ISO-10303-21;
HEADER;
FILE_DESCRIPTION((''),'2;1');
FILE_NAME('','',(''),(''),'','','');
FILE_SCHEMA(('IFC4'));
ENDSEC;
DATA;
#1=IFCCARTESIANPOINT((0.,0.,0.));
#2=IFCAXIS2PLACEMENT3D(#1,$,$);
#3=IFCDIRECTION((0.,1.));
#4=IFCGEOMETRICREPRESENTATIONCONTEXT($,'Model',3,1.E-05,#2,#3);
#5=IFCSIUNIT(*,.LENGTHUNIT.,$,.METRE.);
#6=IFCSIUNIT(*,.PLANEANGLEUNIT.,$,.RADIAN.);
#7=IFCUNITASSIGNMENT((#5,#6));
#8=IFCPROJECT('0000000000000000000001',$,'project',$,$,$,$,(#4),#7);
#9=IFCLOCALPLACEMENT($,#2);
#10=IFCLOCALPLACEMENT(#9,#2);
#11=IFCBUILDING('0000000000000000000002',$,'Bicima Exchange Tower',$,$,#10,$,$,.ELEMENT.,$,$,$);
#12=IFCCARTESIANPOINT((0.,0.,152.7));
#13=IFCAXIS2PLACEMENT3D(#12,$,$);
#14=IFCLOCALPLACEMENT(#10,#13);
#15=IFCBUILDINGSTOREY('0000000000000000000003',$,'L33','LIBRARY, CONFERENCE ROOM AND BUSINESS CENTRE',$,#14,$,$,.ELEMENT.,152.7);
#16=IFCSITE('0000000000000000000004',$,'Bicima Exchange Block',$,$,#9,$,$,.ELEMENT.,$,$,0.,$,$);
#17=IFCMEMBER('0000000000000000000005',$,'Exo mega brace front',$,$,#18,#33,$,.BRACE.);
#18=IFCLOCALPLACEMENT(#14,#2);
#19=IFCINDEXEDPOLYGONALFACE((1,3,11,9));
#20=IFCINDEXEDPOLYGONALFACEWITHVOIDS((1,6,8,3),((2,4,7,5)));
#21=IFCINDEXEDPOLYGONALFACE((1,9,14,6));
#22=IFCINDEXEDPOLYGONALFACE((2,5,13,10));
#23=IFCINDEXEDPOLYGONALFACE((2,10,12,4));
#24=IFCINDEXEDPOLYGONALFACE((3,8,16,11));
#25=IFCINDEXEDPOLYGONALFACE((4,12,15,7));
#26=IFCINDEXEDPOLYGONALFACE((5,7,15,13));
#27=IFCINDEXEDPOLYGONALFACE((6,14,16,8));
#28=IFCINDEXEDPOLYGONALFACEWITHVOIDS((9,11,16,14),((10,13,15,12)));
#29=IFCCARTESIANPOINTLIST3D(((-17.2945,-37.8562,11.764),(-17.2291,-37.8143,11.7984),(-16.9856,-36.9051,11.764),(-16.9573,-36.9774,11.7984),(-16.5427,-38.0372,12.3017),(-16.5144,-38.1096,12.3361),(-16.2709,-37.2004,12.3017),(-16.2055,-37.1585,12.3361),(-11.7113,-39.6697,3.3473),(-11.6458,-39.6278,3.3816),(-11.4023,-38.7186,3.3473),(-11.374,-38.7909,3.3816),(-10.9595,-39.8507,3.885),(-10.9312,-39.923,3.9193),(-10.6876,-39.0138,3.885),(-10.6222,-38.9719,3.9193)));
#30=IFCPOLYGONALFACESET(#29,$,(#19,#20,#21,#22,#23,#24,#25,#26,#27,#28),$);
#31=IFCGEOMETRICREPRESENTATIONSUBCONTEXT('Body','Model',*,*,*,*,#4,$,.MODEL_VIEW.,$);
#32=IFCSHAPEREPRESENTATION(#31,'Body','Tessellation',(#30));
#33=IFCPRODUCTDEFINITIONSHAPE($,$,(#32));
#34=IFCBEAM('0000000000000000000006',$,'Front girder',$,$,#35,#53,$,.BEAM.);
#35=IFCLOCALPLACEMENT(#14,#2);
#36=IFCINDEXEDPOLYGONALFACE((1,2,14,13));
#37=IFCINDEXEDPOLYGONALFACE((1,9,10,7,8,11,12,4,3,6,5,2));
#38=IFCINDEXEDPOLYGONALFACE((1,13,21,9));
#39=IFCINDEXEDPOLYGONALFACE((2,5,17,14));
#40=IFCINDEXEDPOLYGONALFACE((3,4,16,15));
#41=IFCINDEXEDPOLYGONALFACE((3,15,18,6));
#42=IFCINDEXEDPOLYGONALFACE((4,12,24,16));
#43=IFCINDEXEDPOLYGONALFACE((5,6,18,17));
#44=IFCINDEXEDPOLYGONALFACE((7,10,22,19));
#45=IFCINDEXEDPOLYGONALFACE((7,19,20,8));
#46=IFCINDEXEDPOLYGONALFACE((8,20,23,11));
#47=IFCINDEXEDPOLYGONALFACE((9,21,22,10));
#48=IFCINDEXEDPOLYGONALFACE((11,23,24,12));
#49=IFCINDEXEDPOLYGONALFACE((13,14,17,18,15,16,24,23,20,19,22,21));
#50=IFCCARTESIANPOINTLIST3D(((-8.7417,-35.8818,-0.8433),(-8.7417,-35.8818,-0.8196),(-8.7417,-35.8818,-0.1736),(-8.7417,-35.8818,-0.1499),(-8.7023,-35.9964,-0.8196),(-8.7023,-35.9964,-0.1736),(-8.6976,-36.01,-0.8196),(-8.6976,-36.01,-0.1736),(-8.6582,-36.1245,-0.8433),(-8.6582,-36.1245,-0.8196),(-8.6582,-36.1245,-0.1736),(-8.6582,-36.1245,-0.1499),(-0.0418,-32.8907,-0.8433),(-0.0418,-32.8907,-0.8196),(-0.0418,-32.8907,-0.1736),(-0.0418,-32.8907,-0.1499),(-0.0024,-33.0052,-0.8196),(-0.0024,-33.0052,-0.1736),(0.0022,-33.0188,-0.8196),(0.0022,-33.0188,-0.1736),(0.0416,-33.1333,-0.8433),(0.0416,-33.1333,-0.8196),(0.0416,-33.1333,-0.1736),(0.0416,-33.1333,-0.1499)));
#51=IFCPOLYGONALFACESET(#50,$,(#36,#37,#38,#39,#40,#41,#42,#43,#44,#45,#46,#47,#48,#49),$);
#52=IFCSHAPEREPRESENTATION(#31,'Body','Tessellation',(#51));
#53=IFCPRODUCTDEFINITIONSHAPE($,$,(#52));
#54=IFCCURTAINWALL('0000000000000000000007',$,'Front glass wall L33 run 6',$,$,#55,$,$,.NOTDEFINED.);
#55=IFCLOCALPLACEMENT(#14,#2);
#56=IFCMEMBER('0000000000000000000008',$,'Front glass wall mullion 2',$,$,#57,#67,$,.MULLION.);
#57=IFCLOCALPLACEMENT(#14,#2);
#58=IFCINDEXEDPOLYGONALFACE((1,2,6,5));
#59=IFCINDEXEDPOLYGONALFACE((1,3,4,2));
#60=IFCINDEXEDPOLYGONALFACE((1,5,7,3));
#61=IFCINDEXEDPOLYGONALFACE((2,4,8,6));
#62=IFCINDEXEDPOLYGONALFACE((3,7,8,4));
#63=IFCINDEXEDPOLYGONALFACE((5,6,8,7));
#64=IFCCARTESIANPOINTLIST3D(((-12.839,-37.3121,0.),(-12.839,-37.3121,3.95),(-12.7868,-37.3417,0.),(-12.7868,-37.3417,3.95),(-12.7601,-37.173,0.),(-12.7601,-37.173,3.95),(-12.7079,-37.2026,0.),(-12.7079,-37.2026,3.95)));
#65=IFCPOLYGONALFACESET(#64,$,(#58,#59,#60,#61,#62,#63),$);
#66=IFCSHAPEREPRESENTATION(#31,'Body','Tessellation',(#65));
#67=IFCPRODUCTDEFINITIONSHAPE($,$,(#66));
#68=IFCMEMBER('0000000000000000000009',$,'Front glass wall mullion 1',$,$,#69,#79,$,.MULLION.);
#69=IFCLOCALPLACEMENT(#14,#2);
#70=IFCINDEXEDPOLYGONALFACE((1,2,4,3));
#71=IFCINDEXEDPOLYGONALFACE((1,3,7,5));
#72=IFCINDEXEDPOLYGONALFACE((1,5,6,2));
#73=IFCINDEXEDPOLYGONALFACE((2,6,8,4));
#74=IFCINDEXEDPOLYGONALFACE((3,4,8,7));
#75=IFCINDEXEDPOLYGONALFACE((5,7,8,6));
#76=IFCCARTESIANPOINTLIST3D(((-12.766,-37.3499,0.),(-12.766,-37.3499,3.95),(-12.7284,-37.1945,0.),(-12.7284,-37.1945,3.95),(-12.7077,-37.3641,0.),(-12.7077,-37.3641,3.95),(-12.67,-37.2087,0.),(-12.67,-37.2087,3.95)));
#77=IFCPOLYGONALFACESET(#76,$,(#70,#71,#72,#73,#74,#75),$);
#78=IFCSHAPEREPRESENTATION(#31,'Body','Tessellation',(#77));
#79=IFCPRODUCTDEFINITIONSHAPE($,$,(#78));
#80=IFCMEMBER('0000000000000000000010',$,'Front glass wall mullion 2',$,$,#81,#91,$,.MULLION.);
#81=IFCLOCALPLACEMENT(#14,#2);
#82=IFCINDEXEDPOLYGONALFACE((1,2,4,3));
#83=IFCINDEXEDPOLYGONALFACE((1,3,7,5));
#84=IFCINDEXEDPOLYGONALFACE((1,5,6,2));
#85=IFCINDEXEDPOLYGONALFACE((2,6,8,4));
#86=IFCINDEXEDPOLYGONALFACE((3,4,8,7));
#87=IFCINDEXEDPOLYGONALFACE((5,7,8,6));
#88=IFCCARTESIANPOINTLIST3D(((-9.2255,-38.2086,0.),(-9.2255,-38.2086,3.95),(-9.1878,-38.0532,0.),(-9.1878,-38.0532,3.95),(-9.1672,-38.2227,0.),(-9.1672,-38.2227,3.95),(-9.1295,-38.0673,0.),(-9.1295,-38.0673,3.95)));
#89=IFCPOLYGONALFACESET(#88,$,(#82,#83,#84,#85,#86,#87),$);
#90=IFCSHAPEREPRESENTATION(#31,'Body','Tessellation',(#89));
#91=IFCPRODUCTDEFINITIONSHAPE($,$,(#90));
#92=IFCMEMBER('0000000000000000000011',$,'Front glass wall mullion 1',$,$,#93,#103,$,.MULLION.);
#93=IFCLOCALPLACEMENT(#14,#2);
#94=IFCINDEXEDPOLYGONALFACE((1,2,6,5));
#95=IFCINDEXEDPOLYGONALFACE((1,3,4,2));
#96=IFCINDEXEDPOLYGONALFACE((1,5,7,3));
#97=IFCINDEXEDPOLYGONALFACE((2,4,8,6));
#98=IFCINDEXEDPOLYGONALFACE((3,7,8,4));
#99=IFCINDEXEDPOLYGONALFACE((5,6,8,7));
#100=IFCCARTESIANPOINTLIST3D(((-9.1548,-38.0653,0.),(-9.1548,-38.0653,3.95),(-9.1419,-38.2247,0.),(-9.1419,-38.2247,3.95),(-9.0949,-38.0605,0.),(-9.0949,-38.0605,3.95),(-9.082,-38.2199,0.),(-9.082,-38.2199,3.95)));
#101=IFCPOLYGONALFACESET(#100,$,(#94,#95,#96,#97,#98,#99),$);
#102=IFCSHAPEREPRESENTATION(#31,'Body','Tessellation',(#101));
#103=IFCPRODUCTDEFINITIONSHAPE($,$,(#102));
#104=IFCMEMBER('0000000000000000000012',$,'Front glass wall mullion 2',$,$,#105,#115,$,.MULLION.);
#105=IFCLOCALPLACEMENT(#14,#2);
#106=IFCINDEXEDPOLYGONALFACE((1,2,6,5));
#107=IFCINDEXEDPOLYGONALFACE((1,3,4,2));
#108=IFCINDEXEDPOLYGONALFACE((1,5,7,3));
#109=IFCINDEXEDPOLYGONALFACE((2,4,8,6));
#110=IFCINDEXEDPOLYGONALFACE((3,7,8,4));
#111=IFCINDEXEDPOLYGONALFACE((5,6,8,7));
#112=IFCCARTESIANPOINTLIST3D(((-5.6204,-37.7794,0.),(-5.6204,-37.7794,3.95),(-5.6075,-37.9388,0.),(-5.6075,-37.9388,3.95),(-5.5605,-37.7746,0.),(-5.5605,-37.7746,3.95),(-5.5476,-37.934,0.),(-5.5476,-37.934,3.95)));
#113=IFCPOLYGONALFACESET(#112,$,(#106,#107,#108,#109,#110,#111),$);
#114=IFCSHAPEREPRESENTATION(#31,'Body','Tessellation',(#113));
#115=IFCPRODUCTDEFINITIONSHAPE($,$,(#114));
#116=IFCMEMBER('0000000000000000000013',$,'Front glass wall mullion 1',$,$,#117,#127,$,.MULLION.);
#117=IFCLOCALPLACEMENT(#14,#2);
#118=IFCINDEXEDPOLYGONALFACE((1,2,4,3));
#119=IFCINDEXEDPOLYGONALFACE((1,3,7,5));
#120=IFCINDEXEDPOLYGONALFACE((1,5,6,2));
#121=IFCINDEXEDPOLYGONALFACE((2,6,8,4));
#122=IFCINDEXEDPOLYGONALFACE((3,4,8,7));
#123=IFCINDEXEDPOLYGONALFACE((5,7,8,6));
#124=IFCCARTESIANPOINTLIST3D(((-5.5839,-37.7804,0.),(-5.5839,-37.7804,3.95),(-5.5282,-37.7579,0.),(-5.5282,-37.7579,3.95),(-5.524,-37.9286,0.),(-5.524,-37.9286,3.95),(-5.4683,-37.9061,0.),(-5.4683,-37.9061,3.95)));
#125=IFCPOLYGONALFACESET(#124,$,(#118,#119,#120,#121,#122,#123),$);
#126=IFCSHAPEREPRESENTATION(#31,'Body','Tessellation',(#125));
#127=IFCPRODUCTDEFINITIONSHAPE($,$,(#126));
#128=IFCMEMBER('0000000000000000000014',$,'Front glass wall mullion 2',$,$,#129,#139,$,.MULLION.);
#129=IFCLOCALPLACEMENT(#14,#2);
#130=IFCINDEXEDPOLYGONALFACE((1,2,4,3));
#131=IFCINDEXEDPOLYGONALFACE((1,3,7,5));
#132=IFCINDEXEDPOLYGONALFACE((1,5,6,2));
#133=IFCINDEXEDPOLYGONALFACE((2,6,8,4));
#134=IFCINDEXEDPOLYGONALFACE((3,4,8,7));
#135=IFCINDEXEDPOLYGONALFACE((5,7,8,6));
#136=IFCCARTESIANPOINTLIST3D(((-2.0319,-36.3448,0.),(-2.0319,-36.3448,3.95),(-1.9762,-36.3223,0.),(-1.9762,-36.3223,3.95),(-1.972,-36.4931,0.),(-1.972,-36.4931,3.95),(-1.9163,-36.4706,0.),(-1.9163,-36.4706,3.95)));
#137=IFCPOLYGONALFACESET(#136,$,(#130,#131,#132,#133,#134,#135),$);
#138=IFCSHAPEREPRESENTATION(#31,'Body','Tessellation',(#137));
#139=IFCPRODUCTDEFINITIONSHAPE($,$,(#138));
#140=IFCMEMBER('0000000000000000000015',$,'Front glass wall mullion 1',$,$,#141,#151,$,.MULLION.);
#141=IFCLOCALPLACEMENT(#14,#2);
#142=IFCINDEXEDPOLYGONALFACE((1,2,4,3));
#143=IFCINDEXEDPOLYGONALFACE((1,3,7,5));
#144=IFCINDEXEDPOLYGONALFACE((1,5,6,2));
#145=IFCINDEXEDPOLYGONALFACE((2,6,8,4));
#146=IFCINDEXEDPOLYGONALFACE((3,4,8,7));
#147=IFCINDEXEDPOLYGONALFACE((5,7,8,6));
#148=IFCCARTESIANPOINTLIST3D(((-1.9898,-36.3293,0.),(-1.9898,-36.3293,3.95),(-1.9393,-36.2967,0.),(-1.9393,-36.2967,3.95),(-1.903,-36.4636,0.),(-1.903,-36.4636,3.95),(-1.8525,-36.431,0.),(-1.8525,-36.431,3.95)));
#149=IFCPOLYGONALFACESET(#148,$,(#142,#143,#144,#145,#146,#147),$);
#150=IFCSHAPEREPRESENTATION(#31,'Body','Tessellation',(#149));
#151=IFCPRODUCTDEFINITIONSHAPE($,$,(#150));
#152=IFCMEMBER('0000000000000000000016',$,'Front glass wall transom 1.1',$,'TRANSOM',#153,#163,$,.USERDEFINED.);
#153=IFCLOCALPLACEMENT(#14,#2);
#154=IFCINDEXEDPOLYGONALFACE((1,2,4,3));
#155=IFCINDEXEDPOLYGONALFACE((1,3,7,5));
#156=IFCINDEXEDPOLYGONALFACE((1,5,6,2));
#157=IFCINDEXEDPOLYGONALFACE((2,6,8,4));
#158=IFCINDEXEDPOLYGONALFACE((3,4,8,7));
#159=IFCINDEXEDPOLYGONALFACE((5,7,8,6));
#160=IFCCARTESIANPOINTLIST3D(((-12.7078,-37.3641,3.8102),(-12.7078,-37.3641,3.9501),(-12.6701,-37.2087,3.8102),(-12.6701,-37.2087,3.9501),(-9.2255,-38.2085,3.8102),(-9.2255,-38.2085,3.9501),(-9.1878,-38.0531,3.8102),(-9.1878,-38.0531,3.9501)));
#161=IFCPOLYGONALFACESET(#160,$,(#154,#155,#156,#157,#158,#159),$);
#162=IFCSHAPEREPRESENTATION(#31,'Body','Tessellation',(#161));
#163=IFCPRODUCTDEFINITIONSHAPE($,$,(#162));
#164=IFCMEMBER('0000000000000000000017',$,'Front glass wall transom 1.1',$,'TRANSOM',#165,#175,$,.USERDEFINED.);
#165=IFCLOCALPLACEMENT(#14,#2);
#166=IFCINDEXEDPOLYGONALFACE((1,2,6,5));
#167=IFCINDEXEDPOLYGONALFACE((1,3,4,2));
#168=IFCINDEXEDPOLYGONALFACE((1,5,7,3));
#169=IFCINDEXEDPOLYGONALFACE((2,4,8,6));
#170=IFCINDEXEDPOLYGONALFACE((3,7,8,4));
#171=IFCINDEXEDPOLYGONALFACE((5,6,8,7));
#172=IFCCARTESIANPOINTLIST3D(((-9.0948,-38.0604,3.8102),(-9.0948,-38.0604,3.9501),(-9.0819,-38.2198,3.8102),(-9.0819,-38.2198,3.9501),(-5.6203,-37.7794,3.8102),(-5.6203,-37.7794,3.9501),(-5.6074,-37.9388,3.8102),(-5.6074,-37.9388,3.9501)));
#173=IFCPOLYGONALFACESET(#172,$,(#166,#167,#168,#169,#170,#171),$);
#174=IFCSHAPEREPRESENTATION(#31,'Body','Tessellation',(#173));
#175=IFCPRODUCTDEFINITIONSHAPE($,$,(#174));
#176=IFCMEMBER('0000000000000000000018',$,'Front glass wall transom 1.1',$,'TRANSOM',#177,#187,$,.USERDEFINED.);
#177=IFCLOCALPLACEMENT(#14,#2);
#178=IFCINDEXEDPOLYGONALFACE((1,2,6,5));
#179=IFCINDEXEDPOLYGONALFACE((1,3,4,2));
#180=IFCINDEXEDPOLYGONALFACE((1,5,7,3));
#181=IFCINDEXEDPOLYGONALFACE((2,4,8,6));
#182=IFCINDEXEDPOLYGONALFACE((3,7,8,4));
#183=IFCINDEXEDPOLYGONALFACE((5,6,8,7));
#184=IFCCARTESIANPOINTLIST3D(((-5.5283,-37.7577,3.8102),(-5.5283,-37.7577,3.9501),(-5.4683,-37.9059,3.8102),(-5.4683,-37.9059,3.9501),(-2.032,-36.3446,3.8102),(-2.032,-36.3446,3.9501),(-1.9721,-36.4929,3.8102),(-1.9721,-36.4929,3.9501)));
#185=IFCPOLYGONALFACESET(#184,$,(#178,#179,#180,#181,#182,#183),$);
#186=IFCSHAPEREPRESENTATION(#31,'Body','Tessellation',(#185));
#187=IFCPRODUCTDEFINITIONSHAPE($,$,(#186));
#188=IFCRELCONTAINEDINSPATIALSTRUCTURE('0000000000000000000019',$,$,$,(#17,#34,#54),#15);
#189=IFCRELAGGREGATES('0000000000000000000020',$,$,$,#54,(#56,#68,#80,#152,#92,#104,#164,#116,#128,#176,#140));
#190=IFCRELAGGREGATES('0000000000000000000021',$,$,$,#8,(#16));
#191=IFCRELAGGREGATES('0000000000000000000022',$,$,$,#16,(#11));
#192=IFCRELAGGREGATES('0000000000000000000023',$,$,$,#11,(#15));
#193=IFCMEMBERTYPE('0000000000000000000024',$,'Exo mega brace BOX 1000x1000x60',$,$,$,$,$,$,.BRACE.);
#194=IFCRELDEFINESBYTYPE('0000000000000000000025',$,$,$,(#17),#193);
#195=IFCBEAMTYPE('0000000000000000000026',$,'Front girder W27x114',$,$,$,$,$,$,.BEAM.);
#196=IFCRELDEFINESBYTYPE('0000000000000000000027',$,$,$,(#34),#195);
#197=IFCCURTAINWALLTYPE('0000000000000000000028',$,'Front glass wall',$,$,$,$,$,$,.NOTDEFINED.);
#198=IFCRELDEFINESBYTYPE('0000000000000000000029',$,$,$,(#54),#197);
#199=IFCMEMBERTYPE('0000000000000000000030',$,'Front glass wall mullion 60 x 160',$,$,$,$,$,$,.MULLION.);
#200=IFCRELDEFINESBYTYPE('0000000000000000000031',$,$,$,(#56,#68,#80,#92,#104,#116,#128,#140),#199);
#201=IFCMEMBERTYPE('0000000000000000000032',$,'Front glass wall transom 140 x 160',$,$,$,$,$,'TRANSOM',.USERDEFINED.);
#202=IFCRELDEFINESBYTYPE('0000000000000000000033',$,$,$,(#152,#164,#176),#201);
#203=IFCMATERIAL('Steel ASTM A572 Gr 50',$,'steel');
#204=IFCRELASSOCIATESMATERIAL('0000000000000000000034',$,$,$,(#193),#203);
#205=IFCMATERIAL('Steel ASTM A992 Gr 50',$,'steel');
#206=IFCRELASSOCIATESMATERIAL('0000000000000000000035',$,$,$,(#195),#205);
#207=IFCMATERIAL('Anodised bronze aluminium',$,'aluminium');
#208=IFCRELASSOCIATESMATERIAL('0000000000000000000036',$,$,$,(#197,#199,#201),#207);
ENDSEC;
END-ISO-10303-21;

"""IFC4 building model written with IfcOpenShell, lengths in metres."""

from ifc_helpers import new_model, si_unit, direction, frame, origin, origin_2d, place, context, subcontext, project, spatial, rectangle, hollow_rectangle, i_section, extrude, material, material_profile, profile_set, type_object, element, aggregate, save


model = new_model("IFC4")

# Units and contexts
model_context = context("Model", 3, precision=1e-05, world=origin(), true_north=direction((0.0, 1.0)))
body_context = subcontext(model_context, "Body", "Model", "MODEL_VIEW")
ifc_project = project(units=[si_unit("LENGTHUNIT", "METRE"), si_unit("PLANEANGLEUNIT", "RADIAN")], contexts=[model_context])

# Site, building, storey
site_placement = place(None, origin())
site = spatial("IfcSite", under=ifc_project, at=site_placement, Name="Bicima Exchange Block", CompositionType="ELEMENT", RefElevation=0.0)
building_placement = place(site_placement, origin())
building = spatial("IfcBuilding", under=site, at=building_placement, Name="Bicima Exchange Tower", CompositionType="ELEMENT")
storey_placement = place(building_placement, frame((0.0, 0.0, 152.7)))
storey = spatial("IfcBuildingStorey", under=building, at=storey_placement, Name="L33", Description="LIBRARY, CONFERENCE ROOM AND BUSINESS CENTRE", CompositionType="ELEMENT", Elevation=152.7)

# Member
ifc_material_1 = material(Name="Steel ASTM A572 Gr 50", Category="steel")
ifc_material_profile_1 = material_profile(ifc_material_1, hollow_rectangle(XDim=1.0, YDim=1.0, WallThickness=0.0601, at=origin_2d()))
ifc_profile_set_1 = profile_set([ifc_material_profile_1], Name="Steel ASTM A572 Gr 50")
member_type_1 = type_object("IfcMemberType", Name="Exo mega brace BOX 1000x1000x60", PredefinedType="BRACE", material=ifc_profile_set_1)
member_1_placement = place(storey_placement, frame((-11.1667, -39.3208, 3.6333), z_axis=(-0.544085, 0.176722, 0.820208), x_axis=(-0.30892, -0.951088, 0.0)))
element("IfcMember", 1, at=member_1_placement, inside=storey, type_object=member_type_1, Name="Exo mega brace front", PredefinedType="BRACE", context=body_context, shape_type="SweptSolid", body=[
    extrude(hollow_rectangle(XDim=1.0, YDim=1.0, WallThickness=0.0601, at=origin_2d()), origin(), (0.0, 0.0, 1.0), 10.2617),
])

# Beam
ifc_material_2 = material(Name="Steel ASTM A992 Gr 50", Category="steel")
ifc_material_profile_2 = material_profile(ifc_material_2, i_section(OverallWidth=0.2566, OverallDepth=0.6934, WebThickness=0.0144, FlangeThickness=0.0237, at=origin_2d()))
ifc_profile_set_2 = profile_set([ifc_material_profile_2], Name="Steel ASTM A992 Gr 50")
beam_type = type_object("IfcBeamType", Name="Front girder W27x114", PredefinedType="BEAM", material=ifc_profile_set_2)
beam_placement = place(storey_placement, frame((-8.7, -36.0032, -0.4966), z_axis=(0.945666, 0.325138, 0.0), x_axis=(-0.325138, 0.945666, 0.0)))
element("IfcBeam", 2, at=beam_placement, inside=storey, type_object=beam_type, Name="Front girder", PredefinedType="BEAM", context=body_context, shape_type="SweptSolid", body=[
    extrude(i_section(OverallWidth=0.2566, OverallDepth=0.6934, WebThickness=0.0144, FlangeThickness=0.0237, at=origin_2d()), origin(), (0.0, 0.0, 1.0), 9.1997),
])

# Curtain wall, members
ifc_material_3 = material(Name="Anodised bronze aluminium", Category="aluminium")
curtain_wall_type = type_object("IfcCurtainWallType", Name="Front glass wall", PredefinedType="NOTDEFINED", material=ifc_material_3)
curtain_wall_placement = place(storey_placement, origin())
curtain_wall = element("IfcCurtainWall", 3, at=curtain_wall_placement, inside=storey, type_object=curtain_wall_type, Name="Front glass wall L33 run 6", PredefinedType="NOTDEFINED")
ifc_material_profile_3 = material_profile(ifc_material_3, rectangle(XDim=0.1599, YDim=0.0601, at=origin_2d()))
ifc_profile_set_3 = profile_set([ifc_material_profile_3], Name="Anodised bronze aluminium")
member_type_2 = type_object("IfcMemberType", Name="Front glass wall mullion 60 x 160", PredefinedType="MULLION", material=ifc_profile_set_3)
member_2_placement = place(storey_placement, frame((-12.7734, -37.2573, 0.0), z_axis=(0.0, 0.0, 1.0), x_axis=(0.493395, 0.869805, 0.0)))
member_2 = element("IfcMember", 4, at=member_2_placement, type_object=member_type_2, Name="Front glass wall mullion 2", PredefinedType="MULLION", context=body_context, shape_type="SweptSolid", body=[
    extrude(rectangle(XDim=0.1599, YDim=0.0601, at=origin_2d()), origin(), (0.0, 0.0, 1.0), 3.95),
])
member_3_placement = place(storey_placement, frame((-12.718, -37.2793, 0.0), z_axis=(0.0, 0.0, 1.0), x_axis=(0.235682, 0.97183, 0.0)))
member_3 = element("IfcMember", 5, at=member_3_placement, type_object=member_type_2, Name="Front glass wall mullion 1", PredefinedType="MULLION", context=body_context, shape_type="SweptSolid", body=[
    extrude(rectangle(XDim=0.1599, YDim=0.0601, at=origin_2d()), origin(), (0.0, 0.0, 1.0), 3.95),
])
member_4_placement = place(storey_placement, frame((-9.1775, -38.1379, 0.0), z_axis=(0.0, 0.0, 1.0), x_axis=(0.235682, 0.97183, 0.0)))
member_4 = element("IfcMember", 6, at=member_4_placement, type_object=member_type_2, Name="Front glass wall mullion 2", PredefinedType="MULLION", context=body_context, shape_type="SweptSolid", body=[
    extrude(rectangle(XDim=0.1599, YDim=0.0601, at=origin_2d()), origin(), (0.0, 0.0, 1.0), 3.95),
])
member_5_placement = place(storey_placement, frame((-9.1184, -38.1426, 0.0), z_axis=(0.0, 0.0, 1.0), x_axis=(-0.080589, 0.996747, 0.0)))
member_5 = element("IfcMember", 7, at=member_5_placement, type_object=member_type_2, Name="Front glass wall mullion 1", PredefinedType="MULLION", context=body_context, shape_type="SweptSolid", body=[
    extrude(rectangle(XDim=0.1599, YDim=0.0601, at=origin_2d()), origin(), (0.0, 0.0, 1.0), 3.95),
])
member_6_placement = place(storey_placement, frame((-5.584, -37.8567, 0.0), z_axis=(0.0, 0.0, 1.0), x_axis=(-0.080589, 0.996747, 0.0)))
member_6 = element("IfcMember", 8, at=member_6_placement, type_object=member_type_2, Name="Front glass wall mullion 2", PredefinedType="MULLION", context=body_context, shape_type="SweptSolid", body=[
    extrude(rectangle(XDim=0.1599, YDim=0.0601, at=origin_2d()), origin(), (0.0, 0.0, 1.0), 3.95),
])
member_7_placement = place(storey_placement, frame((-5.5261, -37.8433, 0.0), z_axis=(0.0, 0.0, 1.0), x_axis=(-0.374705, 0.927144, 0.0)))
member_7 = element("IfcMember", 9, at=member_7_placement, type_object=member_type_2, Name="Front glass wall mullion 1", PredefinedType="MULLION", context=body_context, shape_type="SweptSolid", body=[
    extrude(rectangle(XDim=0.1599, YDim=0.0601, at=origin_2d()), origin(), (0.0, 0.0, 1.0), 3.95),
])
member_8_placement = place(storey_placement, frame((-1.9741, -36.4077, 0.0), z_axis=(0.0, 0.0, 1.0), x_axis=(-0.374705, 0.927144, 0.0)))
member_8 = element("IfcMember", 10, at=member_8_placement, type_object=member_type_2, Name="Front glass wall mullion 2", PredefinedType="MULLION", context=body_context, shape_type="SweptSolid", body=[
    extrude(rectangle(XDim=0.1599, YDim=0.0601, at=origin_2d()), origin(), (0.0, 0.0, 1.0), 3.95),
])
member_9_placement = place(storey_placement, frame((-1.9211, -36.3801, 0.0), z_axis=(0.0, 0.0, 1.0), x_axis=(-0.542897, 0.839799, 0.0)))
member_9 = element("IfcMember", 11, at=member_9_placement, type_object=member_type_2, Name="Front glass wall mullion 1", PredefinedType="MULLION", context=body_context, shape_type="SweptSolid", body=[
    extrude(rectangle(XDim=0.1599, YDim=0.0601, at=origin_2d()), origin(), (0.0, 0.0, 1.0), 3.95),
])
ifc_material_profile_4 = material_profile(ifc_material_3, rectangle(XDim=0.1599, YDim=0.1399, at=origin_2d()))
ifc_profile_set_4 = profile_set([ifc_material_profile_4], Name="Anodised bronze aluminium")
member_type_3 = type_object("IfcMemberType", Name="Front glass wall transom 140 x 160", ElementType="TRANSOM", PredefinedType="USERDEFINED", material=ifc_profile_set_4)
member_10_placement = place(storey_placement, frame((-12.689, -37.2864, 3.8801), z_axis=(0.971834, -0.235668, 0.0), x_axis=(0.235668, 0.971834, 0.0)))
member_10 = element("IfcMember", 12, at=member_10_placement, type_object=member_type_3, Name="Front glass wall transom 1.1", ObjectType="TRANSOM", PredefinedType="USERDEFINED", context=body_context, shape_type="SweptSolid", body=[
    extrude(rectangle(XDim=0.1599, YDim=0.1399, at=origin_2d()), origin(), (0.0, 0.0, 1.0), 3.5833),
])
member_11_placement = place(storey_placement, frame((-9.0884, -38.1401, 3.8801), z_axis=(0.996746, 0.080611, 0.0), x_axis=(-0.080611, 0.996746, 0.0)))
member_11 = element("IfcMember", 13, at=member_11_placement, type_object=member_type_3, Name="Front glass wall transom 1.1", ObjectType="TRANSOM", PredefinedType="USERDEFINED", context=body_context, shape_type="SweptSolid", body=[
    extrude(rectangle(XDim=0.1599, YDim=0.1399, at=origin_2d()), origin(), (0.0, 0.0, 1.0), 3.4858),
])
member_12_placement = place(storey_placement, frame((-5.4983, -37.8318, 3.8801), z_axis=(0.92714, 0.374715, 0.0), x_axis=(-0.374715, 0.92714, 0.0)))
member_12 = element("IfcMember", 14, at=member_12_placement, type_object=member_type_3, Name="Front glass wall transom 1.1", ObjectType="TRANSOM", PredefinedType="USERDEFINED", context=body_context, shape_type="SweptSolid", body=[
    extrude(rectangle(XDim=0.1599, YDim=0.1399, at=origin_2d()), origin(), (0.0, 0.0, 1.0), 3.771),
])

aggregate(curtain_wall, [member_2, member_3, member_4, member_10, member_5, member_6, member_11, member_7, member_8, member_12, member_9])

save(model, "model.ifc")
